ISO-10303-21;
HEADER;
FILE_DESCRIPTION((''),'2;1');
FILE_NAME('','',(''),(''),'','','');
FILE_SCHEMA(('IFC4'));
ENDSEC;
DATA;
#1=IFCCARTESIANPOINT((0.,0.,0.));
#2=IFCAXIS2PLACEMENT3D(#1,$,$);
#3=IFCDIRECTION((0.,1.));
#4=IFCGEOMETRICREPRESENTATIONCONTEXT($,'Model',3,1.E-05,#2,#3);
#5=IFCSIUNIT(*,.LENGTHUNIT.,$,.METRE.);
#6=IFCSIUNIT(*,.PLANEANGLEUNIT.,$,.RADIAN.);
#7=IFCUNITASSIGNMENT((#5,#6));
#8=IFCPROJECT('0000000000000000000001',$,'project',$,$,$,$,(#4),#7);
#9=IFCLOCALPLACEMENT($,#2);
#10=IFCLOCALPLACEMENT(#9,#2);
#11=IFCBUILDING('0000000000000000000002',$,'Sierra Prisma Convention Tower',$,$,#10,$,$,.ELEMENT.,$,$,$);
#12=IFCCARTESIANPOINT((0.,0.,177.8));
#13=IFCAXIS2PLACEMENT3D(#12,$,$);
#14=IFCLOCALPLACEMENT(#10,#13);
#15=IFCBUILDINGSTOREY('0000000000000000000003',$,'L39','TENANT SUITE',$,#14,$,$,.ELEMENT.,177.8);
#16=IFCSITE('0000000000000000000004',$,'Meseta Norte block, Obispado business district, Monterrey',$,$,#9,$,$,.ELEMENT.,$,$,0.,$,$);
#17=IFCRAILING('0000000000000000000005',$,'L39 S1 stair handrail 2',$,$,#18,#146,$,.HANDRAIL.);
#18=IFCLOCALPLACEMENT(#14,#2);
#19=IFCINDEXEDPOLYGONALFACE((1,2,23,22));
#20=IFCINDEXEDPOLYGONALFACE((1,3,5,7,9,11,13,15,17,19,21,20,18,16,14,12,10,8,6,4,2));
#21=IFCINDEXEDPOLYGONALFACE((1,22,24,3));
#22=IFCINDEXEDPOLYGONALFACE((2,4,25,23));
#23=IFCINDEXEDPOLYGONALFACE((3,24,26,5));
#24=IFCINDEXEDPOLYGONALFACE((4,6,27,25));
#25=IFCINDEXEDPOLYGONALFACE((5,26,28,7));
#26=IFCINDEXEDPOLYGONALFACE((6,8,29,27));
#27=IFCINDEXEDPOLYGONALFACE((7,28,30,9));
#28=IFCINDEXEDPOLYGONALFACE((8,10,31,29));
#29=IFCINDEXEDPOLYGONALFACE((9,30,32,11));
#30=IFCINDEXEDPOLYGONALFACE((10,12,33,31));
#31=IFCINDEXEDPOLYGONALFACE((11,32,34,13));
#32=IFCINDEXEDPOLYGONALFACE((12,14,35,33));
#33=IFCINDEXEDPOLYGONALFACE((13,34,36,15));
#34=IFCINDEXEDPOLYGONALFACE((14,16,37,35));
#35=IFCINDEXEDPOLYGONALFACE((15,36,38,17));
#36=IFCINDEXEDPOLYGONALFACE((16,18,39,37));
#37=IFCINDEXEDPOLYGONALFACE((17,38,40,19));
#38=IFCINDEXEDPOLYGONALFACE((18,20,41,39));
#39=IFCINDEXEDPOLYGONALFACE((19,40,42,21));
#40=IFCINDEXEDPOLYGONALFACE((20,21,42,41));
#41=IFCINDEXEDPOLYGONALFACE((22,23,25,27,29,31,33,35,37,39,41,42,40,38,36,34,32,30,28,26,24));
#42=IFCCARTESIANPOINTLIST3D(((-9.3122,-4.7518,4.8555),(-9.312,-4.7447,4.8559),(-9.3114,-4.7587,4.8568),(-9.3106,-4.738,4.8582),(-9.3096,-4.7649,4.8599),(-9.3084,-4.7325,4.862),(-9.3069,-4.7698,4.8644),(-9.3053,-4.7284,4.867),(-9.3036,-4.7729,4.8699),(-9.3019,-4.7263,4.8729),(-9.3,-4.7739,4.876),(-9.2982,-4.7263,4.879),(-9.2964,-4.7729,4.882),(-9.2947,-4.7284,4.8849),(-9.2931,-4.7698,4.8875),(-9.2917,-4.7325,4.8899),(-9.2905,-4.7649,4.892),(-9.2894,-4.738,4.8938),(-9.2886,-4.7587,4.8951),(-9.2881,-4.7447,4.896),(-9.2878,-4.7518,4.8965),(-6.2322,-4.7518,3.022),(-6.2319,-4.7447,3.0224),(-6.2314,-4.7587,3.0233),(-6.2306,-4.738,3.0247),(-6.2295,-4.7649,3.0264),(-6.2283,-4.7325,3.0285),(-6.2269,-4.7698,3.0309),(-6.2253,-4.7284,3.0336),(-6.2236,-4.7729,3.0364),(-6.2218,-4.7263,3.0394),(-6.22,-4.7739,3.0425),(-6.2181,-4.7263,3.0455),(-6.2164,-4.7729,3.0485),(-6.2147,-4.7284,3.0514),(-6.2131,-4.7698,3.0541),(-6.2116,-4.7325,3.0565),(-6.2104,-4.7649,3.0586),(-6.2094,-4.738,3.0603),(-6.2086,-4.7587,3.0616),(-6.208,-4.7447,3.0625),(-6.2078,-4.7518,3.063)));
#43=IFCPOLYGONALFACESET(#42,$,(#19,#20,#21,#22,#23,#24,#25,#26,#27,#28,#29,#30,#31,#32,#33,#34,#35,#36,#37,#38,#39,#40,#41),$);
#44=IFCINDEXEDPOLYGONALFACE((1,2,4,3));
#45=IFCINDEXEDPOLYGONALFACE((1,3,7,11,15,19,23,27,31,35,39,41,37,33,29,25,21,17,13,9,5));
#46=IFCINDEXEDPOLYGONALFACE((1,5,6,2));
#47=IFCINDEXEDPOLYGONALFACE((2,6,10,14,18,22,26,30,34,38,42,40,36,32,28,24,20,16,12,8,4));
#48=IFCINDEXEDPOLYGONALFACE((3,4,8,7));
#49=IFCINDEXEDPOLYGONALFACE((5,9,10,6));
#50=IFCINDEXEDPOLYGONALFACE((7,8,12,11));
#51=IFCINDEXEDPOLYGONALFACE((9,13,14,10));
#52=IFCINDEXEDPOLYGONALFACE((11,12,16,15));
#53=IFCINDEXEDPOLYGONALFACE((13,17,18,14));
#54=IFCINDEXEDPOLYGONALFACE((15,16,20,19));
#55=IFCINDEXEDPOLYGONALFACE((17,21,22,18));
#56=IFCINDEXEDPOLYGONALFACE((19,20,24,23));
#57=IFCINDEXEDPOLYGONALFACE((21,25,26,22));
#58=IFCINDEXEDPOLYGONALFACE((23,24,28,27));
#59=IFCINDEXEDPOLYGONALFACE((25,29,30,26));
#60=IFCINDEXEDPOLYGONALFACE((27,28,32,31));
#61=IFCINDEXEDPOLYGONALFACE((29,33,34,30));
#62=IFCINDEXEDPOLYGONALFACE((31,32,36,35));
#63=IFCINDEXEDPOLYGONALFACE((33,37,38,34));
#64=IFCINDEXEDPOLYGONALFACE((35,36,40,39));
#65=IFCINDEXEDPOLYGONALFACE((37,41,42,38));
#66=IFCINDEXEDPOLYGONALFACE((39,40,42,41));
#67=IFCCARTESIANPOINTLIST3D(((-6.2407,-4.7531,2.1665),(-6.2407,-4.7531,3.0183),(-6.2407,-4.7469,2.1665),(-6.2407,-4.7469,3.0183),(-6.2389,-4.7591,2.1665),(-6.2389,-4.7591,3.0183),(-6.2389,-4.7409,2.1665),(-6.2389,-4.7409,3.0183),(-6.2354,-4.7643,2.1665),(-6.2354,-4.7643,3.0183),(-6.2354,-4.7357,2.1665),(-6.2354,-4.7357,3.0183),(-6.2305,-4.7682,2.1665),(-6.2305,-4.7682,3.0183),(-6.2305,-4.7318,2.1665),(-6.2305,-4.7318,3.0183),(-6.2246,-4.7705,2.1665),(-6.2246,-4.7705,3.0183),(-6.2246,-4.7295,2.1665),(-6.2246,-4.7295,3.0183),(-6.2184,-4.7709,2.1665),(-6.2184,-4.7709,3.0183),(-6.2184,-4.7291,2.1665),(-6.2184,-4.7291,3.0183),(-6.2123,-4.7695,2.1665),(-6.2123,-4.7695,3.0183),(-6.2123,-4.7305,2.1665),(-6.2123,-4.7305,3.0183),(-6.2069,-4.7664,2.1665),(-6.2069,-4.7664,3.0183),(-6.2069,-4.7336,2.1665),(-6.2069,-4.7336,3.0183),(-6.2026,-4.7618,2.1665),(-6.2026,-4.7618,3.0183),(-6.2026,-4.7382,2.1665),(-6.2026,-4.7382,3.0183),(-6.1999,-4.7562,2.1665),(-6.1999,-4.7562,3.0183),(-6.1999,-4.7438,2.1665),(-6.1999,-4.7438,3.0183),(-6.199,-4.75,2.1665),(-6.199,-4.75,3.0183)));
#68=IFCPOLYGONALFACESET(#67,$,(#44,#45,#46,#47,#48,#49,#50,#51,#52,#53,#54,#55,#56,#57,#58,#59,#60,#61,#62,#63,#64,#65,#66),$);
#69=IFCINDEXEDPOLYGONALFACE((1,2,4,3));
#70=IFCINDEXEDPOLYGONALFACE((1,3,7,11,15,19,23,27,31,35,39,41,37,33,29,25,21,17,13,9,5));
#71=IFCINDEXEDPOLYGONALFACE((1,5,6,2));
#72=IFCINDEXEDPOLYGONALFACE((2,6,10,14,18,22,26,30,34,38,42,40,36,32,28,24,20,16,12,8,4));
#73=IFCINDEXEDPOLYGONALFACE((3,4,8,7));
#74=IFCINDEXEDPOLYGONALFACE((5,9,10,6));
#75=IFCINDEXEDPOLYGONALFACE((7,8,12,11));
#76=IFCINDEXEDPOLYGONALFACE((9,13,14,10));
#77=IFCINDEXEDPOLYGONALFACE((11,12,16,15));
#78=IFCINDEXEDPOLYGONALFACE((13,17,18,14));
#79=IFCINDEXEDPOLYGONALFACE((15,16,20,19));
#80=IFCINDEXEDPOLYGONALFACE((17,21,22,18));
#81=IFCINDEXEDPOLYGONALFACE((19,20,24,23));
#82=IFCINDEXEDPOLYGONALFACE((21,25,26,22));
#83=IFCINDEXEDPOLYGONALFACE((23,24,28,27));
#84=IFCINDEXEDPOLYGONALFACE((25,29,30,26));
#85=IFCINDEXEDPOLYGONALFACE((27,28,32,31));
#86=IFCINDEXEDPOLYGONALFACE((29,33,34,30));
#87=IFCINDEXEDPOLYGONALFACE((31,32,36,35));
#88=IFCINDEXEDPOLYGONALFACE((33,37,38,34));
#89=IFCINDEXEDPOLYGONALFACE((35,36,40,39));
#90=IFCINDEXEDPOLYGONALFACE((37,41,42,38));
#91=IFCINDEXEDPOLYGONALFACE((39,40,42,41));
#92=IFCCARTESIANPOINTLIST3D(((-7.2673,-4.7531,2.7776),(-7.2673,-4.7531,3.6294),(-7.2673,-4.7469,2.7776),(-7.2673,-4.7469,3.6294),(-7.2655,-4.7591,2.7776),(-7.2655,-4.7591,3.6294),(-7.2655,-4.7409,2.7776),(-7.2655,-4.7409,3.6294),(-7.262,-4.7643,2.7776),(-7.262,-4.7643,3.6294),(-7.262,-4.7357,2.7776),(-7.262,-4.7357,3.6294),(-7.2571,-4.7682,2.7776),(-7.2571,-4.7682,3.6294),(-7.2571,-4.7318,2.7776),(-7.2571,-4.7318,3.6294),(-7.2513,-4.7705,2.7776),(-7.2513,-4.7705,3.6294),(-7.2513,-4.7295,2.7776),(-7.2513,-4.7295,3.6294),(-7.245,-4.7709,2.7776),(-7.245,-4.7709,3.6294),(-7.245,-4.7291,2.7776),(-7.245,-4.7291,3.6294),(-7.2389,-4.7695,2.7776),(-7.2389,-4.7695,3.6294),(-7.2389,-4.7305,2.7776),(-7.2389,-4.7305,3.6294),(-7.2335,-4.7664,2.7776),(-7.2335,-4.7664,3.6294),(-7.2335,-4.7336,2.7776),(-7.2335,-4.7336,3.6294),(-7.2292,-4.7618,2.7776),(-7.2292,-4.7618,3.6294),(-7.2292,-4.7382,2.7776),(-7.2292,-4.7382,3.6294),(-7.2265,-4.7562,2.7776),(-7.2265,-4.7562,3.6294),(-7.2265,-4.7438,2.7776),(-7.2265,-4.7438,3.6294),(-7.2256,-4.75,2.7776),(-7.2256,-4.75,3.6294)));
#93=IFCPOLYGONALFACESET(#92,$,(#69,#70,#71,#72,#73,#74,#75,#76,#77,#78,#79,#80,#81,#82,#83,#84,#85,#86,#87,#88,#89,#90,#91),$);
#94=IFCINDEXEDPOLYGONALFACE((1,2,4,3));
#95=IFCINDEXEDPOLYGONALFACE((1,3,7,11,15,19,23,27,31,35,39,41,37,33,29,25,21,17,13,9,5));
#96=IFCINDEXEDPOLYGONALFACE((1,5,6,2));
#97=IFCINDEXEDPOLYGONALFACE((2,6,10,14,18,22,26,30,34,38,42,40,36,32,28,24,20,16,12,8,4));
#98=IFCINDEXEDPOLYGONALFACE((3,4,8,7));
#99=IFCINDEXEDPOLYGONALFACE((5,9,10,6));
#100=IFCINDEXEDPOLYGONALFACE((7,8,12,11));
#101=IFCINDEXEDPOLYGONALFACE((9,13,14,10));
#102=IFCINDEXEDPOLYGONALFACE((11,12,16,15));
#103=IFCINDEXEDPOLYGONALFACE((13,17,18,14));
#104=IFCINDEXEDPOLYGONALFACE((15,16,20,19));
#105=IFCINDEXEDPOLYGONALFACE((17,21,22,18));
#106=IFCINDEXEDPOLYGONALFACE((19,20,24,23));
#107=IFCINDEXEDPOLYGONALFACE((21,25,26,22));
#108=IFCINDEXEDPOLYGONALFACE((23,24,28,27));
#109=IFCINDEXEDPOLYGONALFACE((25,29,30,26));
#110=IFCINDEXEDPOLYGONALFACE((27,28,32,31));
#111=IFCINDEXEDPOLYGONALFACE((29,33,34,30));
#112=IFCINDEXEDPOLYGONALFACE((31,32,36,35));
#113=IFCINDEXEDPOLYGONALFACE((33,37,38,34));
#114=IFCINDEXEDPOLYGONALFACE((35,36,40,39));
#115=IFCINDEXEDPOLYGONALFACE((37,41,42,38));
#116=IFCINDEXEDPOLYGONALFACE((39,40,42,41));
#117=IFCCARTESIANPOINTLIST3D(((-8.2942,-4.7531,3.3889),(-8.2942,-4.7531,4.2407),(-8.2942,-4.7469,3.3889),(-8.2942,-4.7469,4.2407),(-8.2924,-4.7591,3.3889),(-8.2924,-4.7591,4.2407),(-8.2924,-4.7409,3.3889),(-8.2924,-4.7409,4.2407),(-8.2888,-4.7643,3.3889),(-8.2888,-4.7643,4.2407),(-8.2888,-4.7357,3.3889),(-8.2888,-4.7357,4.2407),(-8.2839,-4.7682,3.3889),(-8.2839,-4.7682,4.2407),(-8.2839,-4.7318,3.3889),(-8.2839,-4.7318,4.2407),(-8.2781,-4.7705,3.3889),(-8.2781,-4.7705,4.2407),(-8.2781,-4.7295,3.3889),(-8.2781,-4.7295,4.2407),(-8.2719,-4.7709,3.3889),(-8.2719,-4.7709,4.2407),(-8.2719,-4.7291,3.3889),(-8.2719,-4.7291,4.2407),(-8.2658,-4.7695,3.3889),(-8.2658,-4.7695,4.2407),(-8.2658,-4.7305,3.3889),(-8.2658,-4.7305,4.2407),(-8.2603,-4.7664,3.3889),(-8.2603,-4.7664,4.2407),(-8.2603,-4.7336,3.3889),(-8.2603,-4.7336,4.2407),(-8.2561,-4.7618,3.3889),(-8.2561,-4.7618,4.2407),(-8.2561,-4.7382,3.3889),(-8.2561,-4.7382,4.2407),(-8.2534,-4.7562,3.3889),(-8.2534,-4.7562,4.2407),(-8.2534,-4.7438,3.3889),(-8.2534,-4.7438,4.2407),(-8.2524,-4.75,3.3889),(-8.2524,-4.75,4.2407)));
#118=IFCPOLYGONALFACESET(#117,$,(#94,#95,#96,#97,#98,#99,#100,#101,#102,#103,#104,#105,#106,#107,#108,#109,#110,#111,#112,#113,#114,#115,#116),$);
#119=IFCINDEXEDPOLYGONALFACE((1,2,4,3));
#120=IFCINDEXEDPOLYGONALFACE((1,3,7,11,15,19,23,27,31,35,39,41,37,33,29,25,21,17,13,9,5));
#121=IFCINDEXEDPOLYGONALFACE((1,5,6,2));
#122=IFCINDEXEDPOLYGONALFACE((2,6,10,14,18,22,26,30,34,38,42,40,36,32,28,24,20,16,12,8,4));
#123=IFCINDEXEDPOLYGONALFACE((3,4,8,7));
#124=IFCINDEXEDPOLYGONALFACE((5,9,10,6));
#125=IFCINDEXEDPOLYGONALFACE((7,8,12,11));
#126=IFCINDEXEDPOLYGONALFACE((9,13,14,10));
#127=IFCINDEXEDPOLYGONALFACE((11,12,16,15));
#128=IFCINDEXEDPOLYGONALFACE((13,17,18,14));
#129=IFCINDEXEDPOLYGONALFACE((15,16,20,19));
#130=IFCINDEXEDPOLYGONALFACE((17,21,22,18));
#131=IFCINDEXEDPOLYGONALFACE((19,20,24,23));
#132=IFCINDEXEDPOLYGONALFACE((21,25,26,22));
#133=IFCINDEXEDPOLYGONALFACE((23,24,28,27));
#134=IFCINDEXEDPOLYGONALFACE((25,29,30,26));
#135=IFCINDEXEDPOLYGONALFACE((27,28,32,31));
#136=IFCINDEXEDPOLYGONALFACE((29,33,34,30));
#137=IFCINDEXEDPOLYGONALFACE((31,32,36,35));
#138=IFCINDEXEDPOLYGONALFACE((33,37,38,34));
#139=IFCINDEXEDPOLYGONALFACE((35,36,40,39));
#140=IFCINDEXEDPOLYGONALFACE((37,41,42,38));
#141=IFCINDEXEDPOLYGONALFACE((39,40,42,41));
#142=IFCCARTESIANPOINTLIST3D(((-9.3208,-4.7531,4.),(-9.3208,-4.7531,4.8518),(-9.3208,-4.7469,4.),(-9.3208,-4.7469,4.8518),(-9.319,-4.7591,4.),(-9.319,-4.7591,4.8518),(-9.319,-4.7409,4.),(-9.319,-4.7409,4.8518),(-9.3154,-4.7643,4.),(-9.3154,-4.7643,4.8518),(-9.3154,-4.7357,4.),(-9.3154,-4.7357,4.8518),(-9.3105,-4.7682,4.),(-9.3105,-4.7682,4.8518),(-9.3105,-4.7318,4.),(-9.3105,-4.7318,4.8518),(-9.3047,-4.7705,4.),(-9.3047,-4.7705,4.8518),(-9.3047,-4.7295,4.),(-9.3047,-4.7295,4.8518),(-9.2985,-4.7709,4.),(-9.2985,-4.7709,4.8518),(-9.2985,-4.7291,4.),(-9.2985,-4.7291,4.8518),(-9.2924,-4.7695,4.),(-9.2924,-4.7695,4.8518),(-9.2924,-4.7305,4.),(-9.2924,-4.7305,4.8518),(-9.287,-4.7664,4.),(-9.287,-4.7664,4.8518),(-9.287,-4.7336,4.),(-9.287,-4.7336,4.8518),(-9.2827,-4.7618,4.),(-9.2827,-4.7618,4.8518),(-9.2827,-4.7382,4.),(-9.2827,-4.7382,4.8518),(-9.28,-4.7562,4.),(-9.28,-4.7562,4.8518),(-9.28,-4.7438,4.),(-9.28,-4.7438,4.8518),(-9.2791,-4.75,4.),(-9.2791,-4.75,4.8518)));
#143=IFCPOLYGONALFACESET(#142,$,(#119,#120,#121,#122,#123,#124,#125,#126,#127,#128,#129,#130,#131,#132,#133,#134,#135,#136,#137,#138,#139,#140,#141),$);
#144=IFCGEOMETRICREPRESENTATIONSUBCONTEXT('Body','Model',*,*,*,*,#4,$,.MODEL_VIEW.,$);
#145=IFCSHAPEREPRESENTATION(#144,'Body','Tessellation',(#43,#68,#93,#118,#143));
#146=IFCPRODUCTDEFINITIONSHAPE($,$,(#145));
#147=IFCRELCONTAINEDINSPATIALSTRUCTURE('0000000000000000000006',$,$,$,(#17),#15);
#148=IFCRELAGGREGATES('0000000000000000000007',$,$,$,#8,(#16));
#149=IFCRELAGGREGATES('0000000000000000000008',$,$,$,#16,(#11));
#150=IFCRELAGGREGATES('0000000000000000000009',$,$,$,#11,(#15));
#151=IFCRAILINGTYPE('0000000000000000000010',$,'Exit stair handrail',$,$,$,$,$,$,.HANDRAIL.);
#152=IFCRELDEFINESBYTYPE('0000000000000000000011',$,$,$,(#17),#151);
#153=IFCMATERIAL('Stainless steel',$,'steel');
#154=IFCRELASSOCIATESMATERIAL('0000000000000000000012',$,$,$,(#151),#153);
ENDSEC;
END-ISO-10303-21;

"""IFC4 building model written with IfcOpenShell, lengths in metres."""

from ifc_helpers import new_model, si_unit, direction, frame, origin, origin_2d, place, context, subcontext, project, spatial, circle, extrude, material, type_object, element, save


model = new_model("IFC4")

# Units and contexts
model_context = context("Model", 3, precision=1e-05, world=origin(), true_north=direction((0.0, 1.0)))
body_context = subcontext(model_context, "Body", "Model", "MODEL_VIEW")
ifc_project = project(units=[si_unit("LENGTHUNIT", "METRE"), si_unit("PLANEANGLEUNIT", "RADIAN")], contexts=[model_context])

# Site, building, storey
site_placement = place(None, origin())
site = spatial("IfcSite", under=ifc_project, at=site_placement, Name="Meseta Norte block, Obispado business district, Monterrey", CompositionType="ELEMENT", RefElevation=0.0)
building_placement = place(site_placement, origin())
building = spatial("IfcBuilding", under=site, at=building_placement, Name="Sierra Prisma Convention Tower", CompositionType="ELEMENT")
storey_placement = place(building_placement, frame((0.0, 0.0, 177.8)))
storey = spatial("IfcBuildingStorey", under=building, at=storey_placement, Name="L39", Description="TENANT SUITE", CompositionType="ELEMENT", Elevation=177.8)

# Railing
ifc_material_1 = material(Name="Stainless steel", Category="steel")
railing_type_1 = type_object("IfcRailingType", Name="Exit stair handrail", PredefinedType="HANDRAIL", material=ifc_material_1)
railing_1_placement = place(storey_placement, frame((-6.22, -4.75, 2.1665)))
element("IfcRailing", 1, at=railing_1_placement, inside=storey, type_object=railing_type_1, Name="L39 S1 stair handrail 2", PredefinedType="HANDRAIL", context=body_context, shape_type="SweptSolid", body=[
    extrude(circle(Radius=0.0239, at=origin_2d()), frame((0.0, 0.0, 0.876), z_axis=(-0.859279, 0.0, 0.511508), x_axis=(0.0, -1.0, 0.0)), (0.0, 0.0, 1.0), 3.5845),
    extrude(circle(Radius=0.021, at=origin_2d()), origin(), (0.0, 0.0, 1.0), 0.8518),
    extrude(circle(Radius=0.021, at=origin_2d()), frame((-1.0266, 0.0, 0.6111)), (0.0, 0.0, 1.0), 0.8518),
    extrude(circle(Radius=0.021, at=origin_2d()), frame((-2.0535, 0.0, 1.2224)), (0.0, 0.0, 1.0), 0.8518),
    extrude(circle(Radius=0.021, at=origin_2d()), frame((-3.0801, 0.0, 1.8335)), (0.0, 0.0, 1.0), 0.8518),
])

save(model, "model.ifc")
